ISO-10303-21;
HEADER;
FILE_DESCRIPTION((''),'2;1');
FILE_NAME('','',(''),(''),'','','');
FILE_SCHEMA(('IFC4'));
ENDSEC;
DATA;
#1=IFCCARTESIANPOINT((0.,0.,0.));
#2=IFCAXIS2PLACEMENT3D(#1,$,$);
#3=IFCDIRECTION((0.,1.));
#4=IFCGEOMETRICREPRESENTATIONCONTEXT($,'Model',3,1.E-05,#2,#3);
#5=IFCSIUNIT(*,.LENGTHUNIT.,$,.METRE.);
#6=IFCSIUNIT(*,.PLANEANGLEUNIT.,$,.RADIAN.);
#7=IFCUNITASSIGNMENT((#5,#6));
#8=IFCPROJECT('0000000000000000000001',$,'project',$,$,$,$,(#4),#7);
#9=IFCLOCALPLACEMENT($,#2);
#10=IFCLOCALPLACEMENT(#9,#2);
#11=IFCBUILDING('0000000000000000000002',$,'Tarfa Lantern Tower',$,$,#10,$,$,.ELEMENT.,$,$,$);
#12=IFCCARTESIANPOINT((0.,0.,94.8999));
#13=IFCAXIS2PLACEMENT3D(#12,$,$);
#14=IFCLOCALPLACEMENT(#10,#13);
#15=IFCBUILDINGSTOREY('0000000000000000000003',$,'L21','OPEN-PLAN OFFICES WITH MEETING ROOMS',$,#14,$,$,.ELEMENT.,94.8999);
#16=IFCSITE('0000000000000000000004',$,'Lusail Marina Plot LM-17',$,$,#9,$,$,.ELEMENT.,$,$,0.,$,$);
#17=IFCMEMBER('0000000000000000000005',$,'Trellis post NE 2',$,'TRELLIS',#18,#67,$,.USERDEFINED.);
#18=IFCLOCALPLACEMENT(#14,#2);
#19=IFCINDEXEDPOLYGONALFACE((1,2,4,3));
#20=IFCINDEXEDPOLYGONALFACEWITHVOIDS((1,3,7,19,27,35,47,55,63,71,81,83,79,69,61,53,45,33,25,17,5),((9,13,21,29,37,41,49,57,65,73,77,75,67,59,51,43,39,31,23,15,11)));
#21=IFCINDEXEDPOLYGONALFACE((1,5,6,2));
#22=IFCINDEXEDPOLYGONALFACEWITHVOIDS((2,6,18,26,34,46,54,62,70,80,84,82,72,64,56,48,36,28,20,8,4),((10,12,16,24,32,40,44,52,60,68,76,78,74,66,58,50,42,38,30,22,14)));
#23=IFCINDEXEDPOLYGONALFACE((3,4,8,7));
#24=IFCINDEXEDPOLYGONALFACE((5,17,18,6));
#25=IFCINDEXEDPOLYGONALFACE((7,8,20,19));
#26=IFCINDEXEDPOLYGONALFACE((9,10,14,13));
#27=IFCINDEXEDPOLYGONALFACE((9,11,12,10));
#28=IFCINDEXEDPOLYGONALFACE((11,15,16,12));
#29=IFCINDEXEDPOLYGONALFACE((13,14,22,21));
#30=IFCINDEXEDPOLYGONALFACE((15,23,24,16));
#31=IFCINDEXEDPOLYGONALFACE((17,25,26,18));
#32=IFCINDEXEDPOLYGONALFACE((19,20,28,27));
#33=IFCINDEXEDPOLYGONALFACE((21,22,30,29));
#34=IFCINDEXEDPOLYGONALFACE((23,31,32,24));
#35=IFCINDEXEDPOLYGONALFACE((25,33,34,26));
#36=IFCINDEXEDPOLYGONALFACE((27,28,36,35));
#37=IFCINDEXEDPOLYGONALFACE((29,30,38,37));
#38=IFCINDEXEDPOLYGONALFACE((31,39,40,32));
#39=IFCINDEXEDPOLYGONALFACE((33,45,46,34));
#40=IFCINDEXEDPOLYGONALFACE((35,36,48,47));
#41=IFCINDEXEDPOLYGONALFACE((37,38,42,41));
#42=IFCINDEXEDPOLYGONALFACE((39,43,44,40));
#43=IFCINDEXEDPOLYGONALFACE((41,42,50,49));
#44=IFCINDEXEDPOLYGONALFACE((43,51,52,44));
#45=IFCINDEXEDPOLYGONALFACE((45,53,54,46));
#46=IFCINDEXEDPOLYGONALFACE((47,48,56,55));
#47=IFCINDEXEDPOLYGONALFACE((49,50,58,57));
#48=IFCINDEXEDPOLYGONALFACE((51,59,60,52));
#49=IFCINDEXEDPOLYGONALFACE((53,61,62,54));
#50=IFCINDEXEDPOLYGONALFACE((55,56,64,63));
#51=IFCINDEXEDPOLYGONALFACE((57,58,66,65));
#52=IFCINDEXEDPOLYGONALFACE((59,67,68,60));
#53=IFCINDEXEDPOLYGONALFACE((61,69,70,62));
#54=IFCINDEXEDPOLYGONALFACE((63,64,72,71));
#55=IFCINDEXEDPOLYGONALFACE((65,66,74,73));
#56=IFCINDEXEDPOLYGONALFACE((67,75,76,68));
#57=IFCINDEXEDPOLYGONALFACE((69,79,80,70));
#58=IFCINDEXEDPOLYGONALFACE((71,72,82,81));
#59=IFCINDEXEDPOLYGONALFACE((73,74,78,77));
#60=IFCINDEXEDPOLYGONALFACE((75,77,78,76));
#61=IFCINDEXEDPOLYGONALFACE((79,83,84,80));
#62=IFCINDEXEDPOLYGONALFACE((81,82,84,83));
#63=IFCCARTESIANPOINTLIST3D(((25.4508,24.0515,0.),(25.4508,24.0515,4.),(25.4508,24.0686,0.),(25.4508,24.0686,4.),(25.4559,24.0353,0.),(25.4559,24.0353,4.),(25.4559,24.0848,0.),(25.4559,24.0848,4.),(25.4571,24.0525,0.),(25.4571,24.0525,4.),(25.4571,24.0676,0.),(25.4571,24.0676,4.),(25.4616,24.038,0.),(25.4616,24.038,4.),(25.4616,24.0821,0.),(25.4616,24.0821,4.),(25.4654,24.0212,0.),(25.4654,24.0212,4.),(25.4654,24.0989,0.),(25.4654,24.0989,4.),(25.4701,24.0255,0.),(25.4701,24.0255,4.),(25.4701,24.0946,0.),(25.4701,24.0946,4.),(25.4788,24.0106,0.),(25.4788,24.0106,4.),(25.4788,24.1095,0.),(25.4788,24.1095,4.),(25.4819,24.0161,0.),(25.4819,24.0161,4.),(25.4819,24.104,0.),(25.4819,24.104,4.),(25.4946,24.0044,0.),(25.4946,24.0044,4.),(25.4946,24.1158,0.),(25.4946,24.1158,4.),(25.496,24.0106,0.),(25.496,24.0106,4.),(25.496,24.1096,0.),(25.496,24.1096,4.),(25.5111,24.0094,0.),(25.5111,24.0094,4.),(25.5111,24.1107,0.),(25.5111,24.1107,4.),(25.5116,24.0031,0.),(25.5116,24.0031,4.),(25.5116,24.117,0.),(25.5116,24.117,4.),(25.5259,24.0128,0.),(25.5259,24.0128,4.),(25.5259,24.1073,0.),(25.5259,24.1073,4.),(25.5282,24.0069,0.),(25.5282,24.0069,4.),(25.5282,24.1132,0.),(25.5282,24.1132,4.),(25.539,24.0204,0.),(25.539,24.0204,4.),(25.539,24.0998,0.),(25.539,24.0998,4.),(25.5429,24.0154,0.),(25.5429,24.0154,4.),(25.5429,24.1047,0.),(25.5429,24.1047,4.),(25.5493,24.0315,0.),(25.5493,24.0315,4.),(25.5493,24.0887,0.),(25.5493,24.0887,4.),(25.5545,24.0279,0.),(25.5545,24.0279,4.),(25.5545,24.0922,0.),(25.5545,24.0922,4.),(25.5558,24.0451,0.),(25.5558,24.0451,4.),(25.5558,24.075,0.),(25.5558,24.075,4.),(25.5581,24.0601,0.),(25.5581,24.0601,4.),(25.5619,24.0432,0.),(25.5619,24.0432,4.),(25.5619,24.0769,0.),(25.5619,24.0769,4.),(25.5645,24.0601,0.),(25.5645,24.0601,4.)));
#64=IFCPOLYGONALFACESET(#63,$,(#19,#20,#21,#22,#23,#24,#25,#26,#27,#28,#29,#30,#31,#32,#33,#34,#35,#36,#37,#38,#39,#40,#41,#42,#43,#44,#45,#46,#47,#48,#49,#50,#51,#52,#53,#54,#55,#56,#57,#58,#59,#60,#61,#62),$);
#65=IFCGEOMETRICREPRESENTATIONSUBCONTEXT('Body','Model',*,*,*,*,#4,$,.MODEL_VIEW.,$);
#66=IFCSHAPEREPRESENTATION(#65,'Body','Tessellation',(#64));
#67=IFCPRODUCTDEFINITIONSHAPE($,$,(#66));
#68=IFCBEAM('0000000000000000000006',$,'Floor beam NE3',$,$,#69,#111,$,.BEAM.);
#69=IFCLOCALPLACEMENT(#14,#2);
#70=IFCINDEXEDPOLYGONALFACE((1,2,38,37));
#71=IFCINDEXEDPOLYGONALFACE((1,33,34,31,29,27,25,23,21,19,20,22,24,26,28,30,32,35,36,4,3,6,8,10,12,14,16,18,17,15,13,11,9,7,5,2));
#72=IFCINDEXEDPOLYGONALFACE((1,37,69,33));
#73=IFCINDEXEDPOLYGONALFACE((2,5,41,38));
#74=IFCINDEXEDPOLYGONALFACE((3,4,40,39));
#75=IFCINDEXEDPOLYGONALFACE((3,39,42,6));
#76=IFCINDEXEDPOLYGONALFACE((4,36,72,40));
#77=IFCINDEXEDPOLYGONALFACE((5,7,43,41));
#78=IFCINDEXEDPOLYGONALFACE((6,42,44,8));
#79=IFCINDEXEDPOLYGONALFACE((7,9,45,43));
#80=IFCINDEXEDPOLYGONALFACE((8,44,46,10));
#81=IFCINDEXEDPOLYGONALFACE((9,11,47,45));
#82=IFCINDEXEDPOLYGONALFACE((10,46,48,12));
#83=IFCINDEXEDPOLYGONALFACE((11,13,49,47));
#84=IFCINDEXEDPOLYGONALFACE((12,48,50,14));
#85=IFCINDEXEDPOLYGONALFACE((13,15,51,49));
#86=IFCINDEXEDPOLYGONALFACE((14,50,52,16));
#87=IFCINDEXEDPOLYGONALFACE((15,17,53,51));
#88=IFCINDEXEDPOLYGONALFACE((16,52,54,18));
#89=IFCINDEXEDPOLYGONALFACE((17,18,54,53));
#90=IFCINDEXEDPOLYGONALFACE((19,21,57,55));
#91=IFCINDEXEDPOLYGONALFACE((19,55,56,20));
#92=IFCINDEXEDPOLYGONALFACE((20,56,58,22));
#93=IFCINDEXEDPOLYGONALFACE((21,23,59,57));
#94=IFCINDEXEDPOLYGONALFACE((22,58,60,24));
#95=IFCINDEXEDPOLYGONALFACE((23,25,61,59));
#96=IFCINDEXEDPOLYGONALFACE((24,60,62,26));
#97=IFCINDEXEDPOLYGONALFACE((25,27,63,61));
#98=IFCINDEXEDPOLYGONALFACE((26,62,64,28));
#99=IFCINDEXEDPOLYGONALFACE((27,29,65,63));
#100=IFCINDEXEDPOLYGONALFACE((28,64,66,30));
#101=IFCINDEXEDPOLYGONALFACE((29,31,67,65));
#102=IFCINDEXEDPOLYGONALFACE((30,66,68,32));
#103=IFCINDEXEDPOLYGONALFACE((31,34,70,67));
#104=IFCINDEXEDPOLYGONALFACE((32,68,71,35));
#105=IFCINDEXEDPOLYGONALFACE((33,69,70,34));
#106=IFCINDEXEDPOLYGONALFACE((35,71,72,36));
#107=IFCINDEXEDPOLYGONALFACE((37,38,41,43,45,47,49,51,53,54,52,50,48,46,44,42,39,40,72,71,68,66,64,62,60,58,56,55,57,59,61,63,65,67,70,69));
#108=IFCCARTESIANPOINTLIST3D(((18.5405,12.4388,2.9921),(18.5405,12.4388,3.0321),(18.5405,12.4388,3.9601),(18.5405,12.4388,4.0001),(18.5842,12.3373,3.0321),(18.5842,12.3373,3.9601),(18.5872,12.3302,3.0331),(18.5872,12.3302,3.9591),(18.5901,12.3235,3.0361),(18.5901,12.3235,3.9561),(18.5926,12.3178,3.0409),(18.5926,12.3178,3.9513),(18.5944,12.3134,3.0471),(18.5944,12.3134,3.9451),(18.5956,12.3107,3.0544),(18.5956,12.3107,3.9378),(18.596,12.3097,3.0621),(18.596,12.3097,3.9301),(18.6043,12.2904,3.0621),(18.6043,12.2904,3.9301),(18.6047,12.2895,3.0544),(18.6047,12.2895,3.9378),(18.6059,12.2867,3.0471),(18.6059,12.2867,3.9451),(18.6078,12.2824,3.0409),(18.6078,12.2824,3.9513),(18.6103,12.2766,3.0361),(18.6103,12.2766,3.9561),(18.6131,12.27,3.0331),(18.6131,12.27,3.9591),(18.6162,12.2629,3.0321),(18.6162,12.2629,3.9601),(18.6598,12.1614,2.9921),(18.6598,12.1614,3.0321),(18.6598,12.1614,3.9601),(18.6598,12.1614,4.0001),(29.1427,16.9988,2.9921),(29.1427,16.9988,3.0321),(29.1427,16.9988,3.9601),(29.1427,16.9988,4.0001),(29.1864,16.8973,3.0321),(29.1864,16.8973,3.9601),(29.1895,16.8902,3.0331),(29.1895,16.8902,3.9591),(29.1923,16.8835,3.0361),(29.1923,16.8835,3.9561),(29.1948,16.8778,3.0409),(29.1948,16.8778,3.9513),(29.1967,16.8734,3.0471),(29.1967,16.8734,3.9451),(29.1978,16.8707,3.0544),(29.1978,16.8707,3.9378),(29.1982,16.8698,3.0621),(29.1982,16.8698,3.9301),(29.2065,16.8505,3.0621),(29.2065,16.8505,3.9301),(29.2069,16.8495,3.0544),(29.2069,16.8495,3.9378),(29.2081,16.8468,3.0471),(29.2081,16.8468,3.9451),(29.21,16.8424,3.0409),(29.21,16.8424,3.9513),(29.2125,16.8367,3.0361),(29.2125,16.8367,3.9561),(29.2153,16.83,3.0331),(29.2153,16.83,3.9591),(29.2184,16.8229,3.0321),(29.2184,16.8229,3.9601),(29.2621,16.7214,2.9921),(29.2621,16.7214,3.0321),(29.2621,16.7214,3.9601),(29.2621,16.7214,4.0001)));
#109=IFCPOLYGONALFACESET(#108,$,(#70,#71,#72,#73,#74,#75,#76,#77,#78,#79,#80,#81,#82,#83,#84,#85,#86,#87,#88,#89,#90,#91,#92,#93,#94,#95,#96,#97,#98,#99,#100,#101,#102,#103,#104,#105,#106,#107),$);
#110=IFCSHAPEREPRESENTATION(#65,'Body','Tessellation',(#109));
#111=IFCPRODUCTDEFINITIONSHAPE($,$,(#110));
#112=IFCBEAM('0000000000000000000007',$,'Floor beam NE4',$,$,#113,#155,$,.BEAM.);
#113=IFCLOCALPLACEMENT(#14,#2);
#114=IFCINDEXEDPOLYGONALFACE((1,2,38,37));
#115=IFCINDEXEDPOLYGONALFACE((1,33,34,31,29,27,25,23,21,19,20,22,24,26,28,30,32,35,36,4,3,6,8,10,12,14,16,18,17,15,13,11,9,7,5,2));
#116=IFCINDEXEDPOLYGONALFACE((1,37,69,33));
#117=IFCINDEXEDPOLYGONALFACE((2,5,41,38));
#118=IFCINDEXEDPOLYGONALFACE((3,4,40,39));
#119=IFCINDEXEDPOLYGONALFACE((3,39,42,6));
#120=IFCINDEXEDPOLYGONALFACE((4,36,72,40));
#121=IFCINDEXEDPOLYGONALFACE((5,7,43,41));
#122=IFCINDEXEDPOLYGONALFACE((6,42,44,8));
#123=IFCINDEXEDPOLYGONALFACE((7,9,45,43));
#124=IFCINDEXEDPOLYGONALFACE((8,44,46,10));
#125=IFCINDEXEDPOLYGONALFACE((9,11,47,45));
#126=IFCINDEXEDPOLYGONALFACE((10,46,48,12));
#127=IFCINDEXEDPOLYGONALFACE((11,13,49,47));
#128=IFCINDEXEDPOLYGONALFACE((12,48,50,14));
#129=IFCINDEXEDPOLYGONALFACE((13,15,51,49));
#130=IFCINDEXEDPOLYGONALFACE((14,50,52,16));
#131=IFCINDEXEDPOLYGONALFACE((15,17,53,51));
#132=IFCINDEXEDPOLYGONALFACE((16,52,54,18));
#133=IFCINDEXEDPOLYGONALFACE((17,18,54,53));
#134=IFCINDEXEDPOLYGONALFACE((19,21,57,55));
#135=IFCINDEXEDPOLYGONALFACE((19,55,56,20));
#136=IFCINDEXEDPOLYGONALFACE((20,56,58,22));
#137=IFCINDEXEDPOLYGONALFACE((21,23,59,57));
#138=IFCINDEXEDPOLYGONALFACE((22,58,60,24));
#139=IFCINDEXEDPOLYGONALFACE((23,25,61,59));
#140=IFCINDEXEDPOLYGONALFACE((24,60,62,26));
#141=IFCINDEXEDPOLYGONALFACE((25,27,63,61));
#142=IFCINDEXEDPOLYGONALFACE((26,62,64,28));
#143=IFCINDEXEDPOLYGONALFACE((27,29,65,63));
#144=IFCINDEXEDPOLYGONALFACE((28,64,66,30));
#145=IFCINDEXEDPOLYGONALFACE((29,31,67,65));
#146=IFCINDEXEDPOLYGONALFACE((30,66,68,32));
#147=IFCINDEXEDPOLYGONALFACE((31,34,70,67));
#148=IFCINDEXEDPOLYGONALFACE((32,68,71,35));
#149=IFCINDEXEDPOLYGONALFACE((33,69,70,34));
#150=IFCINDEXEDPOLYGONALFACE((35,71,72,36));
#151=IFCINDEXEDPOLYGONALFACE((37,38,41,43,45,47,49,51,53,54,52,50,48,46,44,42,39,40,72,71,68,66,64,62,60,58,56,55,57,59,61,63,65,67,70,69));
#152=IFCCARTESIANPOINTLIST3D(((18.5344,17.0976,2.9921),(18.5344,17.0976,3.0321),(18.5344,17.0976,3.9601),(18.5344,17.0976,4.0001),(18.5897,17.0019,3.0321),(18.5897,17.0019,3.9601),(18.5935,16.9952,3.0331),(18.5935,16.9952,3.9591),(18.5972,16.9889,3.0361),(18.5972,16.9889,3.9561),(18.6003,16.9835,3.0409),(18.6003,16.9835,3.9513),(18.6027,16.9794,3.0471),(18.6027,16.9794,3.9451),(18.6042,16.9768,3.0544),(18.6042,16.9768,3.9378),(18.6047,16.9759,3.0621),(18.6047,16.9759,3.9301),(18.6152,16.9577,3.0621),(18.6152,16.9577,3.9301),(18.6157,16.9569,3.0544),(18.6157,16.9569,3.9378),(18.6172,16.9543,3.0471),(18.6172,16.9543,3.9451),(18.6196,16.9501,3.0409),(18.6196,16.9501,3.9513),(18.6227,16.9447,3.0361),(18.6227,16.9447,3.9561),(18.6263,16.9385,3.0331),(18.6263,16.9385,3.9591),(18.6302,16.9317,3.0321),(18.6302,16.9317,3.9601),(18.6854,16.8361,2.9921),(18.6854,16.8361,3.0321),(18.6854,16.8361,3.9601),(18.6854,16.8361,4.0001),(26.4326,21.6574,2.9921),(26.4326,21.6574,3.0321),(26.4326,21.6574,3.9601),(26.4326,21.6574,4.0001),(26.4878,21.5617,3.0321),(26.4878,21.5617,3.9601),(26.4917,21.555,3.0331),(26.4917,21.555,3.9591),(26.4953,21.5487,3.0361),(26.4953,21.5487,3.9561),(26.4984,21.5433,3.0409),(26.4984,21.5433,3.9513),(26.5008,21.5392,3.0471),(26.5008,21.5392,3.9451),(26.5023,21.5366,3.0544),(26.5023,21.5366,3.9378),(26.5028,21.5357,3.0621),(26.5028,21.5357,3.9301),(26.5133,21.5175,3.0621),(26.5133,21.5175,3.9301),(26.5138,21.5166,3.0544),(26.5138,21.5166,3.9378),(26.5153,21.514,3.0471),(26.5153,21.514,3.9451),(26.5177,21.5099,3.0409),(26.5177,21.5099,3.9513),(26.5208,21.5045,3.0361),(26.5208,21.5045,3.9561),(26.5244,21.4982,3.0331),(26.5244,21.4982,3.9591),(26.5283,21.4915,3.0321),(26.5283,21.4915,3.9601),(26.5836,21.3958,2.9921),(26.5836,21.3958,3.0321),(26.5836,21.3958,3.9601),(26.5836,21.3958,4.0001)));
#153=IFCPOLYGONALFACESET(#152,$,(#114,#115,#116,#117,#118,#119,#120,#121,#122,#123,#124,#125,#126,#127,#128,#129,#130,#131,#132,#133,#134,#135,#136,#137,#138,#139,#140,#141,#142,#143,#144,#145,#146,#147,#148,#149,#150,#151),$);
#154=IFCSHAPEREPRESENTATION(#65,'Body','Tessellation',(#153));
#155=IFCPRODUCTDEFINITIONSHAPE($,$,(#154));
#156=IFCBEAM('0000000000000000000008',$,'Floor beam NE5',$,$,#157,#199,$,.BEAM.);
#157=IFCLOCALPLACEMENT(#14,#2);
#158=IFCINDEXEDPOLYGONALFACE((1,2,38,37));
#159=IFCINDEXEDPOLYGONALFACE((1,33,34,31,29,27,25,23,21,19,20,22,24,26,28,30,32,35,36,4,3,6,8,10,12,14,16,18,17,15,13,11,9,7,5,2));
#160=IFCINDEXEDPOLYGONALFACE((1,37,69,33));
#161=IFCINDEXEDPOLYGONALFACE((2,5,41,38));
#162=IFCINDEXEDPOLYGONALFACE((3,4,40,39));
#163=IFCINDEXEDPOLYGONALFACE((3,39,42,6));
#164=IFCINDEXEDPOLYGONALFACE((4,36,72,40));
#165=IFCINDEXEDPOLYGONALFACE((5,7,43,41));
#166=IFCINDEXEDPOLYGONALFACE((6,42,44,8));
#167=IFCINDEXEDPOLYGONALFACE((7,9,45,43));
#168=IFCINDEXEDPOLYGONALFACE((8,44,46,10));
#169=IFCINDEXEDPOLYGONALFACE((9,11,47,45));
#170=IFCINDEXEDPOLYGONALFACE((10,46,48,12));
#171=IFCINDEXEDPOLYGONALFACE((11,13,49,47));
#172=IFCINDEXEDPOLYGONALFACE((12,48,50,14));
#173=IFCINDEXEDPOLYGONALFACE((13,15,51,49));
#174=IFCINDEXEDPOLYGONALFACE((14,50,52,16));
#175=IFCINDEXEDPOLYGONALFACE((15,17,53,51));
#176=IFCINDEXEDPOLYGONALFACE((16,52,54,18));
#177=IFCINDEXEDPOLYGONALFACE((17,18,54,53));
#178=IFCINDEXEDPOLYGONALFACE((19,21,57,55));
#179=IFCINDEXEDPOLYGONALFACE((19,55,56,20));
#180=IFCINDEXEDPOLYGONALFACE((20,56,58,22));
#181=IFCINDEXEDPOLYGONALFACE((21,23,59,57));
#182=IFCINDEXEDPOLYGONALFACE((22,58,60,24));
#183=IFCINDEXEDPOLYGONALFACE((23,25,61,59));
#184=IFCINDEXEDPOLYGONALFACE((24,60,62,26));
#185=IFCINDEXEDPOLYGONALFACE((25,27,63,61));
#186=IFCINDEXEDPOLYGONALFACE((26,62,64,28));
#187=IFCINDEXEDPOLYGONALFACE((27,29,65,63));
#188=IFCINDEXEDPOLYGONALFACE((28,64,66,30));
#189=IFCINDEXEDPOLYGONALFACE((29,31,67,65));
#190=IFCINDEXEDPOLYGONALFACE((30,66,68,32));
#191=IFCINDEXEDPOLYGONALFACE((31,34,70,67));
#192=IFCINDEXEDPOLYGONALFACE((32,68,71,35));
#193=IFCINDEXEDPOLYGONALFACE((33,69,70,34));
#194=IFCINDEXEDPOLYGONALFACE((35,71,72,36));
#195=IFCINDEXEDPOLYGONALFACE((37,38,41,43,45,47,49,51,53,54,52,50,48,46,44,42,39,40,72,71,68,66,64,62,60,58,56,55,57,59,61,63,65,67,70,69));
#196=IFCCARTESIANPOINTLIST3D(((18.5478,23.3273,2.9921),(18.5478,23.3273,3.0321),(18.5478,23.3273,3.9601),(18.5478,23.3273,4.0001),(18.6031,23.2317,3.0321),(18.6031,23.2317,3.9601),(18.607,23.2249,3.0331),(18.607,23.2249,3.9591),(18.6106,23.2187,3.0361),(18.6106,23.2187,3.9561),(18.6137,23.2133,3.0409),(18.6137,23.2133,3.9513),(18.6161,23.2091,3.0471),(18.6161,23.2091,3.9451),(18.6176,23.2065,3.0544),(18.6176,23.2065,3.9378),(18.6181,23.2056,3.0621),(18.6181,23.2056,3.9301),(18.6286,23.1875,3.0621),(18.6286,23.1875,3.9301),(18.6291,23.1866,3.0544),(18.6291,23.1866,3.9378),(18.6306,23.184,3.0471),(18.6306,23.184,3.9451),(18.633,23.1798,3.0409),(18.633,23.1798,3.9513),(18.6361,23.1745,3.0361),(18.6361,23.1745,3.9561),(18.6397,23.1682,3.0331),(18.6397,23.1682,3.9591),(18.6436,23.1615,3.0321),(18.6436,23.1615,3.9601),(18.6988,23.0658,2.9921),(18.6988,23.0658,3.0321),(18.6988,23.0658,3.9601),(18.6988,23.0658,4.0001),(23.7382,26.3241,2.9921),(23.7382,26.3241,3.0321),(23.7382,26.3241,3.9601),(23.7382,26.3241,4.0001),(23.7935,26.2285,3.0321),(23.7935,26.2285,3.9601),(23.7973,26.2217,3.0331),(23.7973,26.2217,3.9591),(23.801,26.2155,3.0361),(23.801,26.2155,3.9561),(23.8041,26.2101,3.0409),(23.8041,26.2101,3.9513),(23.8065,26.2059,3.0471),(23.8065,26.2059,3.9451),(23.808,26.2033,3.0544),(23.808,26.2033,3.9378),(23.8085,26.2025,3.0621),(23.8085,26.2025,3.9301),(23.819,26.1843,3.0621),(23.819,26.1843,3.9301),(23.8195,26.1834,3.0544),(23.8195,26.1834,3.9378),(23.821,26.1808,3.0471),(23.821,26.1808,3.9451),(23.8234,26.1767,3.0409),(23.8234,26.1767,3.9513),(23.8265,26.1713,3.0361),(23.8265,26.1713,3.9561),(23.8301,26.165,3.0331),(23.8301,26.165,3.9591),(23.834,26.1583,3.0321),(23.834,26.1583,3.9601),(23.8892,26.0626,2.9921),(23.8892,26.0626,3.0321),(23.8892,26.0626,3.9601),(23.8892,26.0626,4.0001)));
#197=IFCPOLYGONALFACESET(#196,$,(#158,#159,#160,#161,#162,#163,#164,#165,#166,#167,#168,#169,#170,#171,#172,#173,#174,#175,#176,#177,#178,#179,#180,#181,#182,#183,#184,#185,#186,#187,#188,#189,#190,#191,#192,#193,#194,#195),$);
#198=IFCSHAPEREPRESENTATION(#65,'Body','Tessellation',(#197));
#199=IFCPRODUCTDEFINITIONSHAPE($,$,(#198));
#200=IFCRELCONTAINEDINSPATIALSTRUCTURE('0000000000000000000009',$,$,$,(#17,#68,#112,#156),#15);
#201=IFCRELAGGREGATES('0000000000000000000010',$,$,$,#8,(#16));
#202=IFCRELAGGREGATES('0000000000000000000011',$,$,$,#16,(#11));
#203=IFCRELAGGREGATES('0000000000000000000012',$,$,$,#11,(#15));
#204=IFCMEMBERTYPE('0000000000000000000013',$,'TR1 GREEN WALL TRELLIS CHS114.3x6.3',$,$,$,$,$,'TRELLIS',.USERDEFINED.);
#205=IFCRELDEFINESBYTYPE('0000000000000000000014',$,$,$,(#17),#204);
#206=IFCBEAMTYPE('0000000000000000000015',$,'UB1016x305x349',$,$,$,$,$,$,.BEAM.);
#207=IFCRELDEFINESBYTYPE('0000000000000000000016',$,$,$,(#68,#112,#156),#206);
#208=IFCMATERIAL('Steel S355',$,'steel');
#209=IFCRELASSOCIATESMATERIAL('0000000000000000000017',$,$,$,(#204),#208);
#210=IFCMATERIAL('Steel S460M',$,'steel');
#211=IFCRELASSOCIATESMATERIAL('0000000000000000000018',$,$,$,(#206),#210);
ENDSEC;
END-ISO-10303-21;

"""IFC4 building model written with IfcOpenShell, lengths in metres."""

from ifc_helpers import new_model, si_unit, direction, frame, origin, origin_2d, place, context, subcontext, project, spatial, hollow_circle, i_section, extrude, material, material_profile, profile_set, type_object, element, save


model = new_model("IFC4")

# Units and contexts
model_context = context("Model", 3, precision=1e-05, world=origin(), true_north=direction((0.0, 1.0)))
body_context = subcontext(model_context, "Body", "Model", "MODEL_VIEW")
ifc_project = project(units=[si_unit("LENGTHUNIT", "METRE"), si_unit("PLANEANGLEUNIT", "RADIAN")], contexts=[model_context])

# Site, building, storey
site_placement = place(None, origin())
site = spatial("IfcSite", under=ifc_project, at=site_placement, Name="Lusail Marina Plot LM-17", CompositionType="ELEMENT", RefElevation=0.0)
building_placement = place(site_placement, origin())
building = spatial("IfcBuilding", under=site, at=building_placement, Name="Tarfa Lantern Tower", CompositionType="ELEMENT")
storey_placement = place(building_placement, frame((0.0, 0.0, 94.8999)))
storey = spatial("IfcBuildingStorey", under=building, at=storey_placement, Name="L21", Description="OPEN-PLAN OFFICES WITH MEETING ROOMS", CompositionType="ELEMENT", Elevation=94.8999)

# Member
ifc_material_1 = material(Name="Steel S355", Category="steel")
ifc_material_profile_1 = material_profile(ifc_material_1, hollow_circle(Radius=0.0571, WallThickness=0.0063, at=origin_2d()), Name="CHS114.3x6.3")
ifc_profile_set_1 = profile_set([ifc_material_profile_1], Name="Steel S355")
member_type_1 = type_object("IfcMemberType", Name="TR1 GREEN WALL TRELLIS CHS114.3x6.3", ElementType="TRELLIS", PredefinedType="USERDEFINED", material=ifc_profile_set_1)
member_1_placement = place(storey_placement, frame((25.5073, 24.0601, 0.0), z_axis=(0.0, 0.0, 1.0), x_axis=(1.0, 0.0, 0.0)))
element("IfcMember", 1, at=member_1_placement, inside=storey, type_object=member_type_1, Name="Trellis post NE 2", ObjectType="TRELLIS", PredefinedType="USERDEFINED", context=body_context, shape_type="SweptSolid", body=[
    extrude(hollow_circle(Radius=0.0571, WallThickness=0.0063, at=origin_2d()), origin(), (0.0, 0.0, 1.0), 4.0),
])

# Beams
ifc_material_2 = material(Name="Steel S460M", Category="steel")
ifc_material_profile_2 = material_profile(ifc_material_2, i_section(OverallWidth=0.302, OverallDepth=1.0081, WebThickness=0.021, FlangeThickness=0.04, FilletRadius=0.03, at=origin_2d()), Name="UB1016x305x349")
ifc_profile_set_2 = profile_set([ifc_material_profile_2], Name="Steel S460M")
beam_type_1 = type_object("IfcBeamType", Name="UB1016x305x349", PredefinedType="BEAM", material=ifc_profile_set_2)
beam_1_placement = place(storey_placement, frame((29.2024, 16.8601, 3.4961), z_axis=(-0.918635, -0.395106, 0.0), x_axis=(0.395106, -0.918635, 0.0)))
element("IfcBeam", 2, at=beam_1_placement, inside=storey, type_object=beam_type_1, Name="Floor beam NE3", PredefinedType="BEAM", context=body_context, shape_type="SweptSolid", body=[
    extrude(i_section(OverallWidth=0.302, OverallDepth=1.0081, WebThickness=0.021, FlangeThickness=0.04, FilletRadius=0.03, at=origin_2d()), origin(), (0.0, 0.0, 1.0), 11.5413),
])
beam_2_placement = place(storey_placement, frame((26.5081, 21.5266, 3.4961), z_axis=(-0.866035, -0.499983, 0.0), x_axis=(0.499983, -0.866035, 0.0)))
element("IfcBeam", 3, at=beam_2_placement, inside=storey, type_object=beam_type_1, Name="Floor beam NE4", PredefinedType="BEAM", context=body_context, shape_type="SweptSolid", body=[
    extrude(i_section(OverallWidth=0.302, OverallDepth=1.0081, WebThickness=0.021, FlangeThickness=0.04, FilletRadius=0.03, at=origin_2d()), origin(), (0.0, 0.0, 1.0), 9.1199),
])
beam_3_placement = place(storey_placement, frame((23.8137, 26.1934, 3.4961), z_axis=(-0.866016, -0.500016, 0.0), x_axis=(0.500016, -0.866016, 0.0)))
element("IfcBeam", 4, at=beam_3_placement, inside=storey, type_object=beam_type_1, Name="Floor beam NE5", PredefinedType="BEAM", context=body_context, shape_type="SweptSolid", body=[
    extrude(i_section(OverallWidth=0.302, OverallDepth=1.0081, WebThickness=0.021, FlangeThickness=0.04, FilletRadius=0.03, at=origin_2d()), origin(), (0.0, 0.0, 1.0), 5.9934),
])

save(model, "model.ifc")
